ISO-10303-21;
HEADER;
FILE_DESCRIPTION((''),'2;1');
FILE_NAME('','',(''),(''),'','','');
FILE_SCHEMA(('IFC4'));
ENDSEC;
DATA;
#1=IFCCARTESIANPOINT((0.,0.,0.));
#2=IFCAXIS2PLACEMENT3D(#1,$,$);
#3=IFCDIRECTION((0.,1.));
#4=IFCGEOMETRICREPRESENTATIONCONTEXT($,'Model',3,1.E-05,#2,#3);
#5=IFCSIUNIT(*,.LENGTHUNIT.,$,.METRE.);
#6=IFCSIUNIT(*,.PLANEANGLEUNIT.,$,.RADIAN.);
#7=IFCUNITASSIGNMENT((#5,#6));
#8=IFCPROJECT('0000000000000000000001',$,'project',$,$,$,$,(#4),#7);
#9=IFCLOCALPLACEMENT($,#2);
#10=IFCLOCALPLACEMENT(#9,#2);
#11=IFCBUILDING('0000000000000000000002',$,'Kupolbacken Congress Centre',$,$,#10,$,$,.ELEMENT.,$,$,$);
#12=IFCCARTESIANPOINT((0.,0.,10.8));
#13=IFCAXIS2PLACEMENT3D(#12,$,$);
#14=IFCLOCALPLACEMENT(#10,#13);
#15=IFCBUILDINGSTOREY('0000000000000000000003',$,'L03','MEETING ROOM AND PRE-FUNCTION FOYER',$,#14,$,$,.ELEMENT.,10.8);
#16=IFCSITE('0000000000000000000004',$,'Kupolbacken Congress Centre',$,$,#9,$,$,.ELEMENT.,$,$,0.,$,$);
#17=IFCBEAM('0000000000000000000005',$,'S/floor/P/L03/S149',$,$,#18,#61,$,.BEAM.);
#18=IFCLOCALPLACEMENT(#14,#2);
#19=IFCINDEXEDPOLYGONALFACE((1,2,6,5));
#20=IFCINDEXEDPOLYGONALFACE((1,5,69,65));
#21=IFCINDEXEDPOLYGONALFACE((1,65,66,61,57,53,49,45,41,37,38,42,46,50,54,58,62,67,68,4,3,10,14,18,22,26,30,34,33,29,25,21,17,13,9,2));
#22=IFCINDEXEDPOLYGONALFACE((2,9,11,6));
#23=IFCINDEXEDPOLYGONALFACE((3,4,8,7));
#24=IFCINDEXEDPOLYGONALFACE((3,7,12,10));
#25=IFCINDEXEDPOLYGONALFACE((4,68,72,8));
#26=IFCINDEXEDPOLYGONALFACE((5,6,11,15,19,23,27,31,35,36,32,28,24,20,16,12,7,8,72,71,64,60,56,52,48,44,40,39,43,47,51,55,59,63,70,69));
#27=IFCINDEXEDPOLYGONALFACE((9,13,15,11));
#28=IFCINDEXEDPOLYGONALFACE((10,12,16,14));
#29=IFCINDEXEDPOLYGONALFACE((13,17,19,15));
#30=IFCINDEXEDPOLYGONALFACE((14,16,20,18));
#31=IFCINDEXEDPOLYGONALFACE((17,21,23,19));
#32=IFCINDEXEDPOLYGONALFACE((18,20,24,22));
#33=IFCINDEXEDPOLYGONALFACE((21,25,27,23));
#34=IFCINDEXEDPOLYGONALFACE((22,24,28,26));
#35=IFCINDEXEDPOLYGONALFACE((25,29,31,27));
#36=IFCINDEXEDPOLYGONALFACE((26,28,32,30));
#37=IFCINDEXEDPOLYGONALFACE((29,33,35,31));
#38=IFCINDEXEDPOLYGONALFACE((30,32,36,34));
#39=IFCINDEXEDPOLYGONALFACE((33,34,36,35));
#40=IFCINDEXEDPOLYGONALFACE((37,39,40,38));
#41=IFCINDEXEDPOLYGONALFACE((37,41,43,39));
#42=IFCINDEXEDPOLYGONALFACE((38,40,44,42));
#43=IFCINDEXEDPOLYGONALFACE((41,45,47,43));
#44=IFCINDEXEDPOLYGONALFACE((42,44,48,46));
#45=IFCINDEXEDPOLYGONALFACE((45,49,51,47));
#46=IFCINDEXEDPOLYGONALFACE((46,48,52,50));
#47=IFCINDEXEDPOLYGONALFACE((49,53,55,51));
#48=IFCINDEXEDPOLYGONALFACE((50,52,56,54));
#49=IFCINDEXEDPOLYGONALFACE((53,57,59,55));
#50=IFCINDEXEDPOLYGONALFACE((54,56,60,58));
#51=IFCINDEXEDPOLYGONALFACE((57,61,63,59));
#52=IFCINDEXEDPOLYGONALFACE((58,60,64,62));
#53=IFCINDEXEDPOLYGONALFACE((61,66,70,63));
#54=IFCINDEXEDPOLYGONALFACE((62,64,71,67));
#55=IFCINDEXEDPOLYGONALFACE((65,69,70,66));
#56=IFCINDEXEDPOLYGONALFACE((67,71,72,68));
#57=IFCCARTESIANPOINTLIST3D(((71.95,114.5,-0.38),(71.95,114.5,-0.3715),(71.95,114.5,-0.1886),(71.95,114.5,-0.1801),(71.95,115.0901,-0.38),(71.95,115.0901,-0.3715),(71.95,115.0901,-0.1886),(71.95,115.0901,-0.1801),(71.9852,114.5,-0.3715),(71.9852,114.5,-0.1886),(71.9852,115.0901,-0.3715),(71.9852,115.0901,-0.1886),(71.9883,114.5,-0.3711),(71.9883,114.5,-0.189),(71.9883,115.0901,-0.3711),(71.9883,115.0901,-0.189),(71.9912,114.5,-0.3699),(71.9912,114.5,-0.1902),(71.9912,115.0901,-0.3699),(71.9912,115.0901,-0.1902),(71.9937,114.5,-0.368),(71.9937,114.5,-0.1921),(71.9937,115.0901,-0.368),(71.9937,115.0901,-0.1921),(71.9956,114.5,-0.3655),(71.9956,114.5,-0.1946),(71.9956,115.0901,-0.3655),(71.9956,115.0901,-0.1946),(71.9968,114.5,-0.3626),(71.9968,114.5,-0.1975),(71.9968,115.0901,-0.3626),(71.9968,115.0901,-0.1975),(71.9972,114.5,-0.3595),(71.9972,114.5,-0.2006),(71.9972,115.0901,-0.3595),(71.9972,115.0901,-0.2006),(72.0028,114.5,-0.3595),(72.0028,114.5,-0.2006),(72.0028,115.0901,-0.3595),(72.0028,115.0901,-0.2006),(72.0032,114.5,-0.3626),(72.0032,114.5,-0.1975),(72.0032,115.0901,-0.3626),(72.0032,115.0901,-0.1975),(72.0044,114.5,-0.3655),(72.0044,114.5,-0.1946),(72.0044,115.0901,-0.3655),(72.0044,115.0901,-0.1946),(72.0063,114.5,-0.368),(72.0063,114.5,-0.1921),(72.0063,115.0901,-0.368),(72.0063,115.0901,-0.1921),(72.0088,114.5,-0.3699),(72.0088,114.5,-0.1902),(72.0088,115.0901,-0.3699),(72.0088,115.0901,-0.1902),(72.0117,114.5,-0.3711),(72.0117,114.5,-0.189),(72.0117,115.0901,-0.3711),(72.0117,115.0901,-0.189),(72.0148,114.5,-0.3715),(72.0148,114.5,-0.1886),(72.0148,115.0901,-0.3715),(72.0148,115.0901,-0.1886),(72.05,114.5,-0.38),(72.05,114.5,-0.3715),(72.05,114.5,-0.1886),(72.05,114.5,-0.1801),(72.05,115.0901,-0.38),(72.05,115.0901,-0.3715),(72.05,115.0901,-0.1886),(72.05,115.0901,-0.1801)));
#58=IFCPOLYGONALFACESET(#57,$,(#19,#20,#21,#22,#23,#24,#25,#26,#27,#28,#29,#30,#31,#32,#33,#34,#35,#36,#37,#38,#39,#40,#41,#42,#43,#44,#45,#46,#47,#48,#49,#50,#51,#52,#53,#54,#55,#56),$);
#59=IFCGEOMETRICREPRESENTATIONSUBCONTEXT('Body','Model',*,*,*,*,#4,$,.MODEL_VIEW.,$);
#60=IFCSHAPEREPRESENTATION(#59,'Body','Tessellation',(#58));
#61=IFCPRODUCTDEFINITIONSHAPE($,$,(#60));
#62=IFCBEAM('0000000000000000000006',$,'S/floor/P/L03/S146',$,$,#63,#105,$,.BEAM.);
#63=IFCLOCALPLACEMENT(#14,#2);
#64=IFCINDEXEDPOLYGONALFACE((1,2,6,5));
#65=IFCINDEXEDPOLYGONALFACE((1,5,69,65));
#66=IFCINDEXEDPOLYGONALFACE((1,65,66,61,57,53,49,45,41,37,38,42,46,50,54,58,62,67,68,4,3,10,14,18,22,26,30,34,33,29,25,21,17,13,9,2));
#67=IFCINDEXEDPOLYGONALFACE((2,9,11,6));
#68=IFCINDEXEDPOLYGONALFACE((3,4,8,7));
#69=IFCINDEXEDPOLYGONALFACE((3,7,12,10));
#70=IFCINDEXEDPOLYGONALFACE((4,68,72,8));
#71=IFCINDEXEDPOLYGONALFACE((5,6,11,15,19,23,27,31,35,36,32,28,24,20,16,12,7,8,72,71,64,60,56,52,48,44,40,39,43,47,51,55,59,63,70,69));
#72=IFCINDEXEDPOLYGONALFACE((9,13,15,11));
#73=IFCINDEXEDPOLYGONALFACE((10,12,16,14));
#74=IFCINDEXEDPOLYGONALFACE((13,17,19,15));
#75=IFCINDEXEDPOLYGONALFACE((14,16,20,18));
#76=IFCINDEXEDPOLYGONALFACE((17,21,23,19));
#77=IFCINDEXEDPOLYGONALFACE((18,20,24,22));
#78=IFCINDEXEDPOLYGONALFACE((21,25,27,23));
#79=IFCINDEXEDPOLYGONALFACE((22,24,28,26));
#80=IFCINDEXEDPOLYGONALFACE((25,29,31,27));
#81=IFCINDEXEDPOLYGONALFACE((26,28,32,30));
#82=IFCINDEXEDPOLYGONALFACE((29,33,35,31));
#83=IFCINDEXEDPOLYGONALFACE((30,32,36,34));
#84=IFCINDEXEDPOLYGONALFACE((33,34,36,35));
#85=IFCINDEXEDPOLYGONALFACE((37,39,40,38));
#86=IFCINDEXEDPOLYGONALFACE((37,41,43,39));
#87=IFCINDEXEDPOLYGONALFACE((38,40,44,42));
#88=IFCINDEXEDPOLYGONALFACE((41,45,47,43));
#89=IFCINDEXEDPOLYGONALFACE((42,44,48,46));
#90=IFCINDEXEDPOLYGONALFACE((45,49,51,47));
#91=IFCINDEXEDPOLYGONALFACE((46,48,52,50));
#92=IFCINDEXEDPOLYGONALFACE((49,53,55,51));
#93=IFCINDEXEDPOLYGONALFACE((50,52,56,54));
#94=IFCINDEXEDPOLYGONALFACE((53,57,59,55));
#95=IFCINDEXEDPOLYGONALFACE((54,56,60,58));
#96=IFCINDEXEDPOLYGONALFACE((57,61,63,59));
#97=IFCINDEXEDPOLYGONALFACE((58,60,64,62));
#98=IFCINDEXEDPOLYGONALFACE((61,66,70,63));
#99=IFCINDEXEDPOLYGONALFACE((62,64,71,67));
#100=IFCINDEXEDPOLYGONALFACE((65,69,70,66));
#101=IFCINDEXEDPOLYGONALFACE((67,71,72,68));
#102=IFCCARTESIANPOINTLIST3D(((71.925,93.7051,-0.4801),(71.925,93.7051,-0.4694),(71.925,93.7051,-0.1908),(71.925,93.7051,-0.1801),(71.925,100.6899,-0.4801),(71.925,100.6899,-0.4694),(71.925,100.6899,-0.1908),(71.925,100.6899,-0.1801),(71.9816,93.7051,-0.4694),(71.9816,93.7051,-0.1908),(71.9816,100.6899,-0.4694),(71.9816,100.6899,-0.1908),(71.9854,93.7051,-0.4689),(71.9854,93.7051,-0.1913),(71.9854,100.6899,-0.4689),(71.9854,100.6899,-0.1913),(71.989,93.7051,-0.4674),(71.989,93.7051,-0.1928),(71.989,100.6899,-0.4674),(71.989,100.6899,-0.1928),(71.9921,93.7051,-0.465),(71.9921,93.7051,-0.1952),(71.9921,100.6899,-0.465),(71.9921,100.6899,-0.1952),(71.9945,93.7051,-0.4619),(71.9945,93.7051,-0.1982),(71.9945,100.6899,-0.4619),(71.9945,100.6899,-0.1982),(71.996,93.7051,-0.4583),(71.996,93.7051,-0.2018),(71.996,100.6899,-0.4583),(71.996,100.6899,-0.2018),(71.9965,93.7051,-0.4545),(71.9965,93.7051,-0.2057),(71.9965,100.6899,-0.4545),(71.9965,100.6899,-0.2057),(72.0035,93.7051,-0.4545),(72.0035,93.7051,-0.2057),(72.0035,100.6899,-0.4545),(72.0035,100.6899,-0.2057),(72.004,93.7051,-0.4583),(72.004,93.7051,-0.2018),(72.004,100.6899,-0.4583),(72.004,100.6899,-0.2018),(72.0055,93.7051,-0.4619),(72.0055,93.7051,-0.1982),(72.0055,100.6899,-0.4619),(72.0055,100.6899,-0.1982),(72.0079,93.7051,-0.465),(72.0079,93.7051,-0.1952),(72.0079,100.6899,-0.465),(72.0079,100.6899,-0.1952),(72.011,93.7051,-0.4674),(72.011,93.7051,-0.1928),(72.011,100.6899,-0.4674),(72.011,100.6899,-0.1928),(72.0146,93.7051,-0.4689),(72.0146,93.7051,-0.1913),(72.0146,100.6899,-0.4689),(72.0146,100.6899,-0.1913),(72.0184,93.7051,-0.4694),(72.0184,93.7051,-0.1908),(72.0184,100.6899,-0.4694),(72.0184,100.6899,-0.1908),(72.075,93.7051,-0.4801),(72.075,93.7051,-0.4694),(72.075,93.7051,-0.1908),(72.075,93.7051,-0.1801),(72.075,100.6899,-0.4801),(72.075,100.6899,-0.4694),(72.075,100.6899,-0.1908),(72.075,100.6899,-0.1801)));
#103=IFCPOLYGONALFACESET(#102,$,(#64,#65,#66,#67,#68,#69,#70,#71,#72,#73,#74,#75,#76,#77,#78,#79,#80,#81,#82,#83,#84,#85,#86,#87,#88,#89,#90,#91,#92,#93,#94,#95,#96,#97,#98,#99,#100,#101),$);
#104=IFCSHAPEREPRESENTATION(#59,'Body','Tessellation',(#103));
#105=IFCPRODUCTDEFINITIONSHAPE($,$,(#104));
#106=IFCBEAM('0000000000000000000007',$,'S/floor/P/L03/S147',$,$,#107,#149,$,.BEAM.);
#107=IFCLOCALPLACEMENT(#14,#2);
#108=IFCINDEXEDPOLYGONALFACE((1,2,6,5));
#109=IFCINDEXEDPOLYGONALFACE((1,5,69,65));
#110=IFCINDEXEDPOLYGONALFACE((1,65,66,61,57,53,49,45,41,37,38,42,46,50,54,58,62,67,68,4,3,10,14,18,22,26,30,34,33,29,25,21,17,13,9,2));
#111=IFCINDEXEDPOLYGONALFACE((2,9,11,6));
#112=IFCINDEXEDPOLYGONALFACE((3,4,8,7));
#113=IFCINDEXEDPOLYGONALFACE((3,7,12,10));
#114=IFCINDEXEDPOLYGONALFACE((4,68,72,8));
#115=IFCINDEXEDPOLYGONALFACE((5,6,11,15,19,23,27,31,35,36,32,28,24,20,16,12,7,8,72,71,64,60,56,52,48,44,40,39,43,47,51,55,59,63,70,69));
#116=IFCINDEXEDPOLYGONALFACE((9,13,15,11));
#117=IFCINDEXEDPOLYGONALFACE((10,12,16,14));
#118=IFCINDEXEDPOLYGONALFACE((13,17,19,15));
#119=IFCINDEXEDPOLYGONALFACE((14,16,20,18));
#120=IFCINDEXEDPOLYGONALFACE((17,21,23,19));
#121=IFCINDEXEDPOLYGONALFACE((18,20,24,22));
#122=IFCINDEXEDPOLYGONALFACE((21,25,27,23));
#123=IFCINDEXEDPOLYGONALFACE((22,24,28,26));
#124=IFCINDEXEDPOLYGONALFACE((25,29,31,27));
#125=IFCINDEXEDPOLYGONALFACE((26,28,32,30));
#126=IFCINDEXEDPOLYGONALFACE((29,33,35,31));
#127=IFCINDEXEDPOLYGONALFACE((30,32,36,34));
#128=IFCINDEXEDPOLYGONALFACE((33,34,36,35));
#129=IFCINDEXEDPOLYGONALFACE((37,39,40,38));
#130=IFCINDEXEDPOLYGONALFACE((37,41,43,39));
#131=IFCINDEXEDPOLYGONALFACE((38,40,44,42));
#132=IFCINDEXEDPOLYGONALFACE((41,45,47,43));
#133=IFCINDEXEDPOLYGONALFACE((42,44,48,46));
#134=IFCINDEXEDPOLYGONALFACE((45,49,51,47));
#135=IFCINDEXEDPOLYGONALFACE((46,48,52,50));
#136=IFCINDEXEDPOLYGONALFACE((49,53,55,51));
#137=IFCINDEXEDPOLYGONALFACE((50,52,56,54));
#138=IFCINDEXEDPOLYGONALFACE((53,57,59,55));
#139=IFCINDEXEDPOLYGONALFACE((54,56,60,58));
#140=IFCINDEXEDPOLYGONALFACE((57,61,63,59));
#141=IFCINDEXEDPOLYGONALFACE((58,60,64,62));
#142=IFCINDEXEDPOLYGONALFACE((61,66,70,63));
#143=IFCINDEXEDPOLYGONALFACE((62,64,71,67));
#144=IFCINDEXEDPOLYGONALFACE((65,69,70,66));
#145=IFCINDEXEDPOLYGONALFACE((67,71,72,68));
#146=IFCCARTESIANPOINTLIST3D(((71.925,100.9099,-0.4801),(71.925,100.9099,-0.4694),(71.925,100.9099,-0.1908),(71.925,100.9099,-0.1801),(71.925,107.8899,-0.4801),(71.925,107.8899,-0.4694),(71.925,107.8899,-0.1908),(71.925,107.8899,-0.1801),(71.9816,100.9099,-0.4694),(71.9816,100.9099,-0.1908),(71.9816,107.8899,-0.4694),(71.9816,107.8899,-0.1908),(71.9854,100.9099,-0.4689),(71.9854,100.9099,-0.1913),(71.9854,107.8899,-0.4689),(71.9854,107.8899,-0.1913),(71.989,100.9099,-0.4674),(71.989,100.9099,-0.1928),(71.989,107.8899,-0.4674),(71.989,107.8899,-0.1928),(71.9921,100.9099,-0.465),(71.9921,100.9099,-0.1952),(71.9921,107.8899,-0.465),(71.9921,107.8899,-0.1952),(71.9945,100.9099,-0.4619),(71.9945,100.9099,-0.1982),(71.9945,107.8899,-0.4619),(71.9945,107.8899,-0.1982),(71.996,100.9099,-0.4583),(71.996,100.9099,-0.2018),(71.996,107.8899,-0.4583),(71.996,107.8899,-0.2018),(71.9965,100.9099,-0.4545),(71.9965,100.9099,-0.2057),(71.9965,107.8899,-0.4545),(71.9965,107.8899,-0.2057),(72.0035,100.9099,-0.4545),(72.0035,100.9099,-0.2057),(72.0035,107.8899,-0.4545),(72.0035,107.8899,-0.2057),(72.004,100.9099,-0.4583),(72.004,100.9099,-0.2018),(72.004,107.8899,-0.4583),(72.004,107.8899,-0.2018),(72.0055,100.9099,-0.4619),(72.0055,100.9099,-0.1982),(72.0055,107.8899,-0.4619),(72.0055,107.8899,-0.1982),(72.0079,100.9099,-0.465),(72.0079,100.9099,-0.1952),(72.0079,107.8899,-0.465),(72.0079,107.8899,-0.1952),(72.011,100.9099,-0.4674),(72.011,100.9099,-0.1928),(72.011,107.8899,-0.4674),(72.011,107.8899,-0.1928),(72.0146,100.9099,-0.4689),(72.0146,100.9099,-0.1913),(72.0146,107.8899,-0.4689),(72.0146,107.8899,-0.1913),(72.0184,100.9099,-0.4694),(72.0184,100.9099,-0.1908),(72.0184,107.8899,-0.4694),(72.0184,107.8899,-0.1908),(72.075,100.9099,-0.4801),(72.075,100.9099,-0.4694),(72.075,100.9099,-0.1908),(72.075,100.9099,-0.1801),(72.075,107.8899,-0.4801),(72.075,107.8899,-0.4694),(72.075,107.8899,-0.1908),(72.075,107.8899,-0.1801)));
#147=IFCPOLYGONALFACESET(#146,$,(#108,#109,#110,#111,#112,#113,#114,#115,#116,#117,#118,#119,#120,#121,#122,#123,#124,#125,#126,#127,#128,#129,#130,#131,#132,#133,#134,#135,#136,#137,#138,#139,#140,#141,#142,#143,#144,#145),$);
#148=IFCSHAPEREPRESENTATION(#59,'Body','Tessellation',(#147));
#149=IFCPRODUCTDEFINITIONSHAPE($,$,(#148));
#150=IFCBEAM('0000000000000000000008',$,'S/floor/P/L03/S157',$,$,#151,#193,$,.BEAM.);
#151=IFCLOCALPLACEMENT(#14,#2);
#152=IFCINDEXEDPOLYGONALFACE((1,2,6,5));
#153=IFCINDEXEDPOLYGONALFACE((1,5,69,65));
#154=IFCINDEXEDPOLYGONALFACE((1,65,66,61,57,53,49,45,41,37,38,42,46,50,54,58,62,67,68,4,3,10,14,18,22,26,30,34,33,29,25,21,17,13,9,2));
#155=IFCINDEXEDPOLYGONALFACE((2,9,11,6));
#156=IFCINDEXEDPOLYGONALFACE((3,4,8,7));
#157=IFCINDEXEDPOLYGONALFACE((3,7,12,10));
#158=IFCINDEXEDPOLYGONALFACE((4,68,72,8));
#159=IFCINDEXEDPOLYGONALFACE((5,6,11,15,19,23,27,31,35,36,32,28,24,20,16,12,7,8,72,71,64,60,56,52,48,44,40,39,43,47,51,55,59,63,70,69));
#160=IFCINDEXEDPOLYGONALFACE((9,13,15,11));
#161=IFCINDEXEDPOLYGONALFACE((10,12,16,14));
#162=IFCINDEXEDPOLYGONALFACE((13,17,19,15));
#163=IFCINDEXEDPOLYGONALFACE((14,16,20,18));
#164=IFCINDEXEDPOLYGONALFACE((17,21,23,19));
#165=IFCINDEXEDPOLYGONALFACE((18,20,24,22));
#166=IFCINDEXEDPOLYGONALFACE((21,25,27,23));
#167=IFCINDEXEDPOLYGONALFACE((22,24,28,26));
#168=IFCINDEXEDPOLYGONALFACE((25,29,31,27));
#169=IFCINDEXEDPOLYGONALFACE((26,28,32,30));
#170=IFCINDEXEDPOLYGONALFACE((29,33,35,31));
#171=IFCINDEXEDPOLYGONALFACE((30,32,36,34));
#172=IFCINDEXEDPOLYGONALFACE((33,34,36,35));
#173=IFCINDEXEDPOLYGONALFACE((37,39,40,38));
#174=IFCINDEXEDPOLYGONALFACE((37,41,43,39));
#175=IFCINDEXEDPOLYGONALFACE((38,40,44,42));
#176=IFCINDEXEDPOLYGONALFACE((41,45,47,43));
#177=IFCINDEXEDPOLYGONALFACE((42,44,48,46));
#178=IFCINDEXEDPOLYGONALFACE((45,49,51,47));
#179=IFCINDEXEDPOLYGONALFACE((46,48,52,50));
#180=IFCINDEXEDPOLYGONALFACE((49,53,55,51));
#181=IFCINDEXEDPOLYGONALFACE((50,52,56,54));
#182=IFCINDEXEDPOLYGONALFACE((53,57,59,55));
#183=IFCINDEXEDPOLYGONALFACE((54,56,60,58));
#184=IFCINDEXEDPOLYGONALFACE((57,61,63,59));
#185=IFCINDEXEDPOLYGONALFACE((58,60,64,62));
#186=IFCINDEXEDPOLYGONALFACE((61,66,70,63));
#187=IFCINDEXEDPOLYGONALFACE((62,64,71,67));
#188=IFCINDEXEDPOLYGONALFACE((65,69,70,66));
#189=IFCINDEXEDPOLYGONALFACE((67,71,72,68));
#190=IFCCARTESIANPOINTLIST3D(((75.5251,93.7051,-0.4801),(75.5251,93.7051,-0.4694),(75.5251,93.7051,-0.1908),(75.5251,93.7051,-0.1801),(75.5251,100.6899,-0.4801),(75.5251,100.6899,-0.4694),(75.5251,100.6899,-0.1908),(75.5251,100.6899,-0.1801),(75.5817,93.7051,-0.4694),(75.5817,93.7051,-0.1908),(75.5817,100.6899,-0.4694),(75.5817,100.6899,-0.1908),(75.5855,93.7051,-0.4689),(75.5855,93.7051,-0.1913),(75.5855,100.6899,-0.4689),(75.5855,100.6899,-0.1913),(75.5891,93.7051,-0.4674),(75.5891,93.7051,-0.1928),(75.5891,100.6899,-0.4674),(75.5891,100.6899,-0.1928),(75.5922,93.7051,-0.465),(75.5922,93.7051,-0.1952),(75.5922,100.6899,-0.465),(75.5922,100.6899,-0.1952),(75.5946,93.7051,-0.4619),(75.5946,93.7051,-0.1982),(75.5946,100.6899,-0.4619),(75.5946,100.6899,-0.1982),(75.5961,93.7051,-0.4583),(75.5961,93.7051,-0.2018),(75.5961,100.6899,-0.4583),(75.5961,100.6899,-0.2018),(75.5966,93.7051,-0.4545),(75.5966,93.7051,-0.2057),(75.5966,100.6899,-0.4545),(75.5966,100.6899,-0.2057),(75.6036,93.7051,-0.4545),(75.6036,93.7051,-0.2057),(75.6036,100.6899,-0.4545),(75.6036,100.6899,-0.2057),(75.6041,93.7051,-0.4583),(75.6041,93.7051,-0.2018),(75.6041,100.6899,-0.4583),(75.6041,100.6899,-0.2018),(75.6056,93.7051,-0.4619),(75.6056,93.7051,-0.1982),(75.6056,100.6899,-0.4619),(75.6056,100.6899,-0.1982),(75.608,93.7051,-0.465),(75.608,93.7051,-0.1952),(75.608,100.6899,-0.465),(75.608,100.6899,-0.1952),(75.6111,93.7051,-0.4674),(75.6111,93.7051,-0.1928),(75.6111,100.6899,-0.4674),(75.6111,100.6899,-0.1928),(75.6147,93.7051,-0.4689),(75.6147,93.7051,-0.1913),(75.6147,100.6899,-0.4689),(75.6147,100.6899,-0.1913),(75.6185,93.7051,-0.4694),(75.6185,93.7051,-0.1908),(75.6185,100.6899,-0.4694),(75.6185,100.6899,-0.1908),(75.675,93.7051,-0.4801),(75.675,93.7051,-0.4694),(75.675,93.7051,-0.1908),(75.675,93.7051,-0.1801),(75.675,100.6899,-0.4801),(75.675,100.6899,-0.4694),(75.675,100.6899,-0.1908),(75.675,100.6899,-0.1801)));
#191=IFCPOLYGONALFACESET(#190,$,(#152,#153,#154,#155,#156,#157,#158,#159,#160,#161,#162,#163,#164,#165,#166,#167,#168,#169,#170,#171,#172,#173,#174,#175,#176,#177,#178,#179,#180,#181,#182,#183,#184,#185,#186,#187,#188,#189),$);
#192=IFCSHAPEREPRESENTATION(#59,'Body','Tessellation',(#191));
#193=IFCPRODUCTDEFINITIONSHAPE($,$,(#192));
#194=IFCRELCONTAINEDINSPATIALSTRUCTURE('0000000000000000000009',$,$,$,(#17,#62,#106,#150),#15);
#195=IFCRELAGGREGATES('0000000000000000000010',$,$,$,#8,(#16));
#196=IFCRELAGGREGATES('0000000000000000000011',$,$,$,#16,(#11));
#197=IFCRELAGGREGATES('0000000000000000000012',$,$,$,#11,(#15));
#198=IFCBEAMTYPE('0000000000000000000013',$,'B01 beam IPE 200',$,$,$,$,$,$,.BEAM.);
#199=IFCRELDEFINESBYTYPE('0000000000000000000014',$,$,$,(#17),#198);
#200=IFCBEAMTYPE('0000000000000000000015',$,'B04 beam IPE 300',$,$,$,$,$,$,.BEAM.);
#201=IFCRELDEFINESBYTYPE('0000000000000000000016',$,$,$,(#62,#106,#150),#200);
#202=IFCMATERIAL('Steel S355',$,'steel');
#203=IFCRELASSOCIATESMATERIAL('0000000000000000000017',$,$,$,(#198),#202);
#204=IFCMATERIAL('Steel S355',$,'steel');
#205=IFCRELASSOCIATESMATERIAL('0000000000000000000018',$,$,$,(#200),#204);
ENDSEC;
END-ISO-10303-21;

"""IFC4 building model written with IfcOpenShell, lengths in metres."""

from ifc_helpers import new_model, si_unit, direction, frame, origin, origin_2d, place, context, subcontext, project, spatial, i_section, extrude, material, material_profile, profile_set, type_object, element, save


model = new_model("IFC4")

# Units and contexts
model_context = context("Model", 3, precision=1e-05, world=origin(), true_north=direction((0.0, 1.0)))
body_context = subcontext(model_context, "Body", "Model", "MODEL_VIEW")
ifc_project = project(units=[si_unit("LENGTHUNIT", "METRE"), si_unit("PLANEANGLEUNIT", "RADIAN")], contexts=[model_context])

# Site, building, storey
site_placement = place(None, origin())
site = spatial("IfcSite", under=ifc_project, at=site_placement, Name="Kupolbacken Congress Centre", CompositionType="ELEMENT", RefElevation=0.0)
building_placement = place(site_placement, origin())
building = spatial("IfcBuilding", under=site, at=building_placement, Name="Kupolbacken Congress Centre", CompositionType="ELEMENT")
storey_placement = place(building_placement, frame((0.0, 0.0, 10.8)))
storey = spatial("IfcBuildingStorey", under=building, at=storey_placement, Name="L03", Description="MEETING ROOM AND PRE-FUNCTION FOYER", CompositionType="ELEMENT", Elevation=10.8)

# Beams
ifc_material_1 = material(Name="Steel S355", Category="steel")
ifc_material_profile_1 = material_profile(ifc_material_1, i_section(OverallWidth=0.1001, OverallDepth=0.2, WebThickness=0.0056, FlangeThickness=0.0085, FilletRadius=0.012, at=origin_2d()), Name="IPE 200")
ifc_profile_set_1 = profile_set([ifc_material_profile_1], Name="Steel S355")
beam_type_1 = type_object("IfcBeamType", Name="B01 beam IPE 200", PredefinedType="BEAM", material=ifc_profile_set_1)
beam_1_placement = place(storey_placement, frame((72.0, 114.5, -0.28), z_axis=(0.0, 1.0, 0.0), x_axis=(-1.0, 0.0, 0.0)))
element("IfcBeam", 1, at=beam_1_placement, inside=storey, type_object=beam_type_1, Name="S/floor/P/L03/S149", PredefinedType="BEAM", context=body_context, shape_type="SweptSolid", body=[
    extrude(i_section(OverallWidth=0.1001, OverallDepth=0.2, WebThickness=0.0056, FlangeThickness=0.0085, FilletRadius=0.012, at=origin_2d()), origin(), (0.0, 0.0, 1.0), 0.5901),
])
ifc_material_2 = material(Name="Steel S355", Category="steel")
ifc_material_profile_2 = material_profile(ifc_material_2, i_section(OverallWidth=0.1499, OverallDepth=0.3, WebThickness=0.0071, FlangeThickness=0.0107, FilletRadius=0.0149, at=origin_2d()), Name="IPE 300")
ifc_profile_set_2 = profile_set([ifc_material_profile_2], Name="Steel S355")
beam_type_2 = type_object("IfcBeamType", Name="B04 beam IPE 300", PredefinedType="BEAM", material=ifc_profile_set_2)
beam_2_placement = place(storey_placement, frame((72.0, 93.7051, -0.3301), z_axis=(0.0, 1.0, 0.0), x_axis=(-1.0, 0.0, 0.0)))
element("IfcBeam", 2, at=beam_2_placement, inside=storey, type_object=beam_type_2, Name="S/floor/P/L03/S146", PredefinedType="BEAM", context=body_context, shape_type="SweptSolid", body=[
    extrude(i_section(OverallWidth=0.1499, OverallDepth=0.3, WebThickness=0.0071, FlangeThickness=0.0107, FilletRadius=0.0149, at=origin_2d()), origin(), (0.0, 0.0, 1.0), 6.9849),
])
beam_3_placement = place(storey_placement, frame((72.0, 100.9099, -0.3301), z_axis=(0.0, 1.0, 0.0), x_axis=(-1.0, 0.0, 0.0)))
element("IfcBeam", 3, at=beam_3_placement, inside=storey, type_object=beam_type_2, Name="S/floor/P/L03/S147", PredefinedType="BEAM", context=body_context, shape_type="SweptSolid", body=[
    extrude(i_section(OverallWidth=0.1499, OverallDepth=0.3, WebThickness=0.0071, FlangeThickness=0.0107, FilletRadius=0.0149, at=origin_2d()), origin(), (0.0, 0.0, 1.0), 6.98),
])
beam_4_placement = place(storey_placement, frame((75.6001, 93.7051, -0.3301), z_axis=(0.0, 1.0, 0.0), x_axis=(-1.0, 0.0, 0.0)))
element("IfcBeam", 4, at=beam_4_placement, inside=storey, type_object=beam_type_2, Name="S/floor/P/L03/S157", PredefinedType="BEAM", context=body_context, shape_type="SweptSolid", body=[
    extrude(i_section(OverallWidth=0.1499, OverallDepth=0.3, WebThickness=0.0071, FlangeThickness=0.0107, FilletRadius=0.0149, at=origin_2d()), origin(), (0.0, 0.0, 1.0), 6.9849),
])

save(model, "model.ifc")
